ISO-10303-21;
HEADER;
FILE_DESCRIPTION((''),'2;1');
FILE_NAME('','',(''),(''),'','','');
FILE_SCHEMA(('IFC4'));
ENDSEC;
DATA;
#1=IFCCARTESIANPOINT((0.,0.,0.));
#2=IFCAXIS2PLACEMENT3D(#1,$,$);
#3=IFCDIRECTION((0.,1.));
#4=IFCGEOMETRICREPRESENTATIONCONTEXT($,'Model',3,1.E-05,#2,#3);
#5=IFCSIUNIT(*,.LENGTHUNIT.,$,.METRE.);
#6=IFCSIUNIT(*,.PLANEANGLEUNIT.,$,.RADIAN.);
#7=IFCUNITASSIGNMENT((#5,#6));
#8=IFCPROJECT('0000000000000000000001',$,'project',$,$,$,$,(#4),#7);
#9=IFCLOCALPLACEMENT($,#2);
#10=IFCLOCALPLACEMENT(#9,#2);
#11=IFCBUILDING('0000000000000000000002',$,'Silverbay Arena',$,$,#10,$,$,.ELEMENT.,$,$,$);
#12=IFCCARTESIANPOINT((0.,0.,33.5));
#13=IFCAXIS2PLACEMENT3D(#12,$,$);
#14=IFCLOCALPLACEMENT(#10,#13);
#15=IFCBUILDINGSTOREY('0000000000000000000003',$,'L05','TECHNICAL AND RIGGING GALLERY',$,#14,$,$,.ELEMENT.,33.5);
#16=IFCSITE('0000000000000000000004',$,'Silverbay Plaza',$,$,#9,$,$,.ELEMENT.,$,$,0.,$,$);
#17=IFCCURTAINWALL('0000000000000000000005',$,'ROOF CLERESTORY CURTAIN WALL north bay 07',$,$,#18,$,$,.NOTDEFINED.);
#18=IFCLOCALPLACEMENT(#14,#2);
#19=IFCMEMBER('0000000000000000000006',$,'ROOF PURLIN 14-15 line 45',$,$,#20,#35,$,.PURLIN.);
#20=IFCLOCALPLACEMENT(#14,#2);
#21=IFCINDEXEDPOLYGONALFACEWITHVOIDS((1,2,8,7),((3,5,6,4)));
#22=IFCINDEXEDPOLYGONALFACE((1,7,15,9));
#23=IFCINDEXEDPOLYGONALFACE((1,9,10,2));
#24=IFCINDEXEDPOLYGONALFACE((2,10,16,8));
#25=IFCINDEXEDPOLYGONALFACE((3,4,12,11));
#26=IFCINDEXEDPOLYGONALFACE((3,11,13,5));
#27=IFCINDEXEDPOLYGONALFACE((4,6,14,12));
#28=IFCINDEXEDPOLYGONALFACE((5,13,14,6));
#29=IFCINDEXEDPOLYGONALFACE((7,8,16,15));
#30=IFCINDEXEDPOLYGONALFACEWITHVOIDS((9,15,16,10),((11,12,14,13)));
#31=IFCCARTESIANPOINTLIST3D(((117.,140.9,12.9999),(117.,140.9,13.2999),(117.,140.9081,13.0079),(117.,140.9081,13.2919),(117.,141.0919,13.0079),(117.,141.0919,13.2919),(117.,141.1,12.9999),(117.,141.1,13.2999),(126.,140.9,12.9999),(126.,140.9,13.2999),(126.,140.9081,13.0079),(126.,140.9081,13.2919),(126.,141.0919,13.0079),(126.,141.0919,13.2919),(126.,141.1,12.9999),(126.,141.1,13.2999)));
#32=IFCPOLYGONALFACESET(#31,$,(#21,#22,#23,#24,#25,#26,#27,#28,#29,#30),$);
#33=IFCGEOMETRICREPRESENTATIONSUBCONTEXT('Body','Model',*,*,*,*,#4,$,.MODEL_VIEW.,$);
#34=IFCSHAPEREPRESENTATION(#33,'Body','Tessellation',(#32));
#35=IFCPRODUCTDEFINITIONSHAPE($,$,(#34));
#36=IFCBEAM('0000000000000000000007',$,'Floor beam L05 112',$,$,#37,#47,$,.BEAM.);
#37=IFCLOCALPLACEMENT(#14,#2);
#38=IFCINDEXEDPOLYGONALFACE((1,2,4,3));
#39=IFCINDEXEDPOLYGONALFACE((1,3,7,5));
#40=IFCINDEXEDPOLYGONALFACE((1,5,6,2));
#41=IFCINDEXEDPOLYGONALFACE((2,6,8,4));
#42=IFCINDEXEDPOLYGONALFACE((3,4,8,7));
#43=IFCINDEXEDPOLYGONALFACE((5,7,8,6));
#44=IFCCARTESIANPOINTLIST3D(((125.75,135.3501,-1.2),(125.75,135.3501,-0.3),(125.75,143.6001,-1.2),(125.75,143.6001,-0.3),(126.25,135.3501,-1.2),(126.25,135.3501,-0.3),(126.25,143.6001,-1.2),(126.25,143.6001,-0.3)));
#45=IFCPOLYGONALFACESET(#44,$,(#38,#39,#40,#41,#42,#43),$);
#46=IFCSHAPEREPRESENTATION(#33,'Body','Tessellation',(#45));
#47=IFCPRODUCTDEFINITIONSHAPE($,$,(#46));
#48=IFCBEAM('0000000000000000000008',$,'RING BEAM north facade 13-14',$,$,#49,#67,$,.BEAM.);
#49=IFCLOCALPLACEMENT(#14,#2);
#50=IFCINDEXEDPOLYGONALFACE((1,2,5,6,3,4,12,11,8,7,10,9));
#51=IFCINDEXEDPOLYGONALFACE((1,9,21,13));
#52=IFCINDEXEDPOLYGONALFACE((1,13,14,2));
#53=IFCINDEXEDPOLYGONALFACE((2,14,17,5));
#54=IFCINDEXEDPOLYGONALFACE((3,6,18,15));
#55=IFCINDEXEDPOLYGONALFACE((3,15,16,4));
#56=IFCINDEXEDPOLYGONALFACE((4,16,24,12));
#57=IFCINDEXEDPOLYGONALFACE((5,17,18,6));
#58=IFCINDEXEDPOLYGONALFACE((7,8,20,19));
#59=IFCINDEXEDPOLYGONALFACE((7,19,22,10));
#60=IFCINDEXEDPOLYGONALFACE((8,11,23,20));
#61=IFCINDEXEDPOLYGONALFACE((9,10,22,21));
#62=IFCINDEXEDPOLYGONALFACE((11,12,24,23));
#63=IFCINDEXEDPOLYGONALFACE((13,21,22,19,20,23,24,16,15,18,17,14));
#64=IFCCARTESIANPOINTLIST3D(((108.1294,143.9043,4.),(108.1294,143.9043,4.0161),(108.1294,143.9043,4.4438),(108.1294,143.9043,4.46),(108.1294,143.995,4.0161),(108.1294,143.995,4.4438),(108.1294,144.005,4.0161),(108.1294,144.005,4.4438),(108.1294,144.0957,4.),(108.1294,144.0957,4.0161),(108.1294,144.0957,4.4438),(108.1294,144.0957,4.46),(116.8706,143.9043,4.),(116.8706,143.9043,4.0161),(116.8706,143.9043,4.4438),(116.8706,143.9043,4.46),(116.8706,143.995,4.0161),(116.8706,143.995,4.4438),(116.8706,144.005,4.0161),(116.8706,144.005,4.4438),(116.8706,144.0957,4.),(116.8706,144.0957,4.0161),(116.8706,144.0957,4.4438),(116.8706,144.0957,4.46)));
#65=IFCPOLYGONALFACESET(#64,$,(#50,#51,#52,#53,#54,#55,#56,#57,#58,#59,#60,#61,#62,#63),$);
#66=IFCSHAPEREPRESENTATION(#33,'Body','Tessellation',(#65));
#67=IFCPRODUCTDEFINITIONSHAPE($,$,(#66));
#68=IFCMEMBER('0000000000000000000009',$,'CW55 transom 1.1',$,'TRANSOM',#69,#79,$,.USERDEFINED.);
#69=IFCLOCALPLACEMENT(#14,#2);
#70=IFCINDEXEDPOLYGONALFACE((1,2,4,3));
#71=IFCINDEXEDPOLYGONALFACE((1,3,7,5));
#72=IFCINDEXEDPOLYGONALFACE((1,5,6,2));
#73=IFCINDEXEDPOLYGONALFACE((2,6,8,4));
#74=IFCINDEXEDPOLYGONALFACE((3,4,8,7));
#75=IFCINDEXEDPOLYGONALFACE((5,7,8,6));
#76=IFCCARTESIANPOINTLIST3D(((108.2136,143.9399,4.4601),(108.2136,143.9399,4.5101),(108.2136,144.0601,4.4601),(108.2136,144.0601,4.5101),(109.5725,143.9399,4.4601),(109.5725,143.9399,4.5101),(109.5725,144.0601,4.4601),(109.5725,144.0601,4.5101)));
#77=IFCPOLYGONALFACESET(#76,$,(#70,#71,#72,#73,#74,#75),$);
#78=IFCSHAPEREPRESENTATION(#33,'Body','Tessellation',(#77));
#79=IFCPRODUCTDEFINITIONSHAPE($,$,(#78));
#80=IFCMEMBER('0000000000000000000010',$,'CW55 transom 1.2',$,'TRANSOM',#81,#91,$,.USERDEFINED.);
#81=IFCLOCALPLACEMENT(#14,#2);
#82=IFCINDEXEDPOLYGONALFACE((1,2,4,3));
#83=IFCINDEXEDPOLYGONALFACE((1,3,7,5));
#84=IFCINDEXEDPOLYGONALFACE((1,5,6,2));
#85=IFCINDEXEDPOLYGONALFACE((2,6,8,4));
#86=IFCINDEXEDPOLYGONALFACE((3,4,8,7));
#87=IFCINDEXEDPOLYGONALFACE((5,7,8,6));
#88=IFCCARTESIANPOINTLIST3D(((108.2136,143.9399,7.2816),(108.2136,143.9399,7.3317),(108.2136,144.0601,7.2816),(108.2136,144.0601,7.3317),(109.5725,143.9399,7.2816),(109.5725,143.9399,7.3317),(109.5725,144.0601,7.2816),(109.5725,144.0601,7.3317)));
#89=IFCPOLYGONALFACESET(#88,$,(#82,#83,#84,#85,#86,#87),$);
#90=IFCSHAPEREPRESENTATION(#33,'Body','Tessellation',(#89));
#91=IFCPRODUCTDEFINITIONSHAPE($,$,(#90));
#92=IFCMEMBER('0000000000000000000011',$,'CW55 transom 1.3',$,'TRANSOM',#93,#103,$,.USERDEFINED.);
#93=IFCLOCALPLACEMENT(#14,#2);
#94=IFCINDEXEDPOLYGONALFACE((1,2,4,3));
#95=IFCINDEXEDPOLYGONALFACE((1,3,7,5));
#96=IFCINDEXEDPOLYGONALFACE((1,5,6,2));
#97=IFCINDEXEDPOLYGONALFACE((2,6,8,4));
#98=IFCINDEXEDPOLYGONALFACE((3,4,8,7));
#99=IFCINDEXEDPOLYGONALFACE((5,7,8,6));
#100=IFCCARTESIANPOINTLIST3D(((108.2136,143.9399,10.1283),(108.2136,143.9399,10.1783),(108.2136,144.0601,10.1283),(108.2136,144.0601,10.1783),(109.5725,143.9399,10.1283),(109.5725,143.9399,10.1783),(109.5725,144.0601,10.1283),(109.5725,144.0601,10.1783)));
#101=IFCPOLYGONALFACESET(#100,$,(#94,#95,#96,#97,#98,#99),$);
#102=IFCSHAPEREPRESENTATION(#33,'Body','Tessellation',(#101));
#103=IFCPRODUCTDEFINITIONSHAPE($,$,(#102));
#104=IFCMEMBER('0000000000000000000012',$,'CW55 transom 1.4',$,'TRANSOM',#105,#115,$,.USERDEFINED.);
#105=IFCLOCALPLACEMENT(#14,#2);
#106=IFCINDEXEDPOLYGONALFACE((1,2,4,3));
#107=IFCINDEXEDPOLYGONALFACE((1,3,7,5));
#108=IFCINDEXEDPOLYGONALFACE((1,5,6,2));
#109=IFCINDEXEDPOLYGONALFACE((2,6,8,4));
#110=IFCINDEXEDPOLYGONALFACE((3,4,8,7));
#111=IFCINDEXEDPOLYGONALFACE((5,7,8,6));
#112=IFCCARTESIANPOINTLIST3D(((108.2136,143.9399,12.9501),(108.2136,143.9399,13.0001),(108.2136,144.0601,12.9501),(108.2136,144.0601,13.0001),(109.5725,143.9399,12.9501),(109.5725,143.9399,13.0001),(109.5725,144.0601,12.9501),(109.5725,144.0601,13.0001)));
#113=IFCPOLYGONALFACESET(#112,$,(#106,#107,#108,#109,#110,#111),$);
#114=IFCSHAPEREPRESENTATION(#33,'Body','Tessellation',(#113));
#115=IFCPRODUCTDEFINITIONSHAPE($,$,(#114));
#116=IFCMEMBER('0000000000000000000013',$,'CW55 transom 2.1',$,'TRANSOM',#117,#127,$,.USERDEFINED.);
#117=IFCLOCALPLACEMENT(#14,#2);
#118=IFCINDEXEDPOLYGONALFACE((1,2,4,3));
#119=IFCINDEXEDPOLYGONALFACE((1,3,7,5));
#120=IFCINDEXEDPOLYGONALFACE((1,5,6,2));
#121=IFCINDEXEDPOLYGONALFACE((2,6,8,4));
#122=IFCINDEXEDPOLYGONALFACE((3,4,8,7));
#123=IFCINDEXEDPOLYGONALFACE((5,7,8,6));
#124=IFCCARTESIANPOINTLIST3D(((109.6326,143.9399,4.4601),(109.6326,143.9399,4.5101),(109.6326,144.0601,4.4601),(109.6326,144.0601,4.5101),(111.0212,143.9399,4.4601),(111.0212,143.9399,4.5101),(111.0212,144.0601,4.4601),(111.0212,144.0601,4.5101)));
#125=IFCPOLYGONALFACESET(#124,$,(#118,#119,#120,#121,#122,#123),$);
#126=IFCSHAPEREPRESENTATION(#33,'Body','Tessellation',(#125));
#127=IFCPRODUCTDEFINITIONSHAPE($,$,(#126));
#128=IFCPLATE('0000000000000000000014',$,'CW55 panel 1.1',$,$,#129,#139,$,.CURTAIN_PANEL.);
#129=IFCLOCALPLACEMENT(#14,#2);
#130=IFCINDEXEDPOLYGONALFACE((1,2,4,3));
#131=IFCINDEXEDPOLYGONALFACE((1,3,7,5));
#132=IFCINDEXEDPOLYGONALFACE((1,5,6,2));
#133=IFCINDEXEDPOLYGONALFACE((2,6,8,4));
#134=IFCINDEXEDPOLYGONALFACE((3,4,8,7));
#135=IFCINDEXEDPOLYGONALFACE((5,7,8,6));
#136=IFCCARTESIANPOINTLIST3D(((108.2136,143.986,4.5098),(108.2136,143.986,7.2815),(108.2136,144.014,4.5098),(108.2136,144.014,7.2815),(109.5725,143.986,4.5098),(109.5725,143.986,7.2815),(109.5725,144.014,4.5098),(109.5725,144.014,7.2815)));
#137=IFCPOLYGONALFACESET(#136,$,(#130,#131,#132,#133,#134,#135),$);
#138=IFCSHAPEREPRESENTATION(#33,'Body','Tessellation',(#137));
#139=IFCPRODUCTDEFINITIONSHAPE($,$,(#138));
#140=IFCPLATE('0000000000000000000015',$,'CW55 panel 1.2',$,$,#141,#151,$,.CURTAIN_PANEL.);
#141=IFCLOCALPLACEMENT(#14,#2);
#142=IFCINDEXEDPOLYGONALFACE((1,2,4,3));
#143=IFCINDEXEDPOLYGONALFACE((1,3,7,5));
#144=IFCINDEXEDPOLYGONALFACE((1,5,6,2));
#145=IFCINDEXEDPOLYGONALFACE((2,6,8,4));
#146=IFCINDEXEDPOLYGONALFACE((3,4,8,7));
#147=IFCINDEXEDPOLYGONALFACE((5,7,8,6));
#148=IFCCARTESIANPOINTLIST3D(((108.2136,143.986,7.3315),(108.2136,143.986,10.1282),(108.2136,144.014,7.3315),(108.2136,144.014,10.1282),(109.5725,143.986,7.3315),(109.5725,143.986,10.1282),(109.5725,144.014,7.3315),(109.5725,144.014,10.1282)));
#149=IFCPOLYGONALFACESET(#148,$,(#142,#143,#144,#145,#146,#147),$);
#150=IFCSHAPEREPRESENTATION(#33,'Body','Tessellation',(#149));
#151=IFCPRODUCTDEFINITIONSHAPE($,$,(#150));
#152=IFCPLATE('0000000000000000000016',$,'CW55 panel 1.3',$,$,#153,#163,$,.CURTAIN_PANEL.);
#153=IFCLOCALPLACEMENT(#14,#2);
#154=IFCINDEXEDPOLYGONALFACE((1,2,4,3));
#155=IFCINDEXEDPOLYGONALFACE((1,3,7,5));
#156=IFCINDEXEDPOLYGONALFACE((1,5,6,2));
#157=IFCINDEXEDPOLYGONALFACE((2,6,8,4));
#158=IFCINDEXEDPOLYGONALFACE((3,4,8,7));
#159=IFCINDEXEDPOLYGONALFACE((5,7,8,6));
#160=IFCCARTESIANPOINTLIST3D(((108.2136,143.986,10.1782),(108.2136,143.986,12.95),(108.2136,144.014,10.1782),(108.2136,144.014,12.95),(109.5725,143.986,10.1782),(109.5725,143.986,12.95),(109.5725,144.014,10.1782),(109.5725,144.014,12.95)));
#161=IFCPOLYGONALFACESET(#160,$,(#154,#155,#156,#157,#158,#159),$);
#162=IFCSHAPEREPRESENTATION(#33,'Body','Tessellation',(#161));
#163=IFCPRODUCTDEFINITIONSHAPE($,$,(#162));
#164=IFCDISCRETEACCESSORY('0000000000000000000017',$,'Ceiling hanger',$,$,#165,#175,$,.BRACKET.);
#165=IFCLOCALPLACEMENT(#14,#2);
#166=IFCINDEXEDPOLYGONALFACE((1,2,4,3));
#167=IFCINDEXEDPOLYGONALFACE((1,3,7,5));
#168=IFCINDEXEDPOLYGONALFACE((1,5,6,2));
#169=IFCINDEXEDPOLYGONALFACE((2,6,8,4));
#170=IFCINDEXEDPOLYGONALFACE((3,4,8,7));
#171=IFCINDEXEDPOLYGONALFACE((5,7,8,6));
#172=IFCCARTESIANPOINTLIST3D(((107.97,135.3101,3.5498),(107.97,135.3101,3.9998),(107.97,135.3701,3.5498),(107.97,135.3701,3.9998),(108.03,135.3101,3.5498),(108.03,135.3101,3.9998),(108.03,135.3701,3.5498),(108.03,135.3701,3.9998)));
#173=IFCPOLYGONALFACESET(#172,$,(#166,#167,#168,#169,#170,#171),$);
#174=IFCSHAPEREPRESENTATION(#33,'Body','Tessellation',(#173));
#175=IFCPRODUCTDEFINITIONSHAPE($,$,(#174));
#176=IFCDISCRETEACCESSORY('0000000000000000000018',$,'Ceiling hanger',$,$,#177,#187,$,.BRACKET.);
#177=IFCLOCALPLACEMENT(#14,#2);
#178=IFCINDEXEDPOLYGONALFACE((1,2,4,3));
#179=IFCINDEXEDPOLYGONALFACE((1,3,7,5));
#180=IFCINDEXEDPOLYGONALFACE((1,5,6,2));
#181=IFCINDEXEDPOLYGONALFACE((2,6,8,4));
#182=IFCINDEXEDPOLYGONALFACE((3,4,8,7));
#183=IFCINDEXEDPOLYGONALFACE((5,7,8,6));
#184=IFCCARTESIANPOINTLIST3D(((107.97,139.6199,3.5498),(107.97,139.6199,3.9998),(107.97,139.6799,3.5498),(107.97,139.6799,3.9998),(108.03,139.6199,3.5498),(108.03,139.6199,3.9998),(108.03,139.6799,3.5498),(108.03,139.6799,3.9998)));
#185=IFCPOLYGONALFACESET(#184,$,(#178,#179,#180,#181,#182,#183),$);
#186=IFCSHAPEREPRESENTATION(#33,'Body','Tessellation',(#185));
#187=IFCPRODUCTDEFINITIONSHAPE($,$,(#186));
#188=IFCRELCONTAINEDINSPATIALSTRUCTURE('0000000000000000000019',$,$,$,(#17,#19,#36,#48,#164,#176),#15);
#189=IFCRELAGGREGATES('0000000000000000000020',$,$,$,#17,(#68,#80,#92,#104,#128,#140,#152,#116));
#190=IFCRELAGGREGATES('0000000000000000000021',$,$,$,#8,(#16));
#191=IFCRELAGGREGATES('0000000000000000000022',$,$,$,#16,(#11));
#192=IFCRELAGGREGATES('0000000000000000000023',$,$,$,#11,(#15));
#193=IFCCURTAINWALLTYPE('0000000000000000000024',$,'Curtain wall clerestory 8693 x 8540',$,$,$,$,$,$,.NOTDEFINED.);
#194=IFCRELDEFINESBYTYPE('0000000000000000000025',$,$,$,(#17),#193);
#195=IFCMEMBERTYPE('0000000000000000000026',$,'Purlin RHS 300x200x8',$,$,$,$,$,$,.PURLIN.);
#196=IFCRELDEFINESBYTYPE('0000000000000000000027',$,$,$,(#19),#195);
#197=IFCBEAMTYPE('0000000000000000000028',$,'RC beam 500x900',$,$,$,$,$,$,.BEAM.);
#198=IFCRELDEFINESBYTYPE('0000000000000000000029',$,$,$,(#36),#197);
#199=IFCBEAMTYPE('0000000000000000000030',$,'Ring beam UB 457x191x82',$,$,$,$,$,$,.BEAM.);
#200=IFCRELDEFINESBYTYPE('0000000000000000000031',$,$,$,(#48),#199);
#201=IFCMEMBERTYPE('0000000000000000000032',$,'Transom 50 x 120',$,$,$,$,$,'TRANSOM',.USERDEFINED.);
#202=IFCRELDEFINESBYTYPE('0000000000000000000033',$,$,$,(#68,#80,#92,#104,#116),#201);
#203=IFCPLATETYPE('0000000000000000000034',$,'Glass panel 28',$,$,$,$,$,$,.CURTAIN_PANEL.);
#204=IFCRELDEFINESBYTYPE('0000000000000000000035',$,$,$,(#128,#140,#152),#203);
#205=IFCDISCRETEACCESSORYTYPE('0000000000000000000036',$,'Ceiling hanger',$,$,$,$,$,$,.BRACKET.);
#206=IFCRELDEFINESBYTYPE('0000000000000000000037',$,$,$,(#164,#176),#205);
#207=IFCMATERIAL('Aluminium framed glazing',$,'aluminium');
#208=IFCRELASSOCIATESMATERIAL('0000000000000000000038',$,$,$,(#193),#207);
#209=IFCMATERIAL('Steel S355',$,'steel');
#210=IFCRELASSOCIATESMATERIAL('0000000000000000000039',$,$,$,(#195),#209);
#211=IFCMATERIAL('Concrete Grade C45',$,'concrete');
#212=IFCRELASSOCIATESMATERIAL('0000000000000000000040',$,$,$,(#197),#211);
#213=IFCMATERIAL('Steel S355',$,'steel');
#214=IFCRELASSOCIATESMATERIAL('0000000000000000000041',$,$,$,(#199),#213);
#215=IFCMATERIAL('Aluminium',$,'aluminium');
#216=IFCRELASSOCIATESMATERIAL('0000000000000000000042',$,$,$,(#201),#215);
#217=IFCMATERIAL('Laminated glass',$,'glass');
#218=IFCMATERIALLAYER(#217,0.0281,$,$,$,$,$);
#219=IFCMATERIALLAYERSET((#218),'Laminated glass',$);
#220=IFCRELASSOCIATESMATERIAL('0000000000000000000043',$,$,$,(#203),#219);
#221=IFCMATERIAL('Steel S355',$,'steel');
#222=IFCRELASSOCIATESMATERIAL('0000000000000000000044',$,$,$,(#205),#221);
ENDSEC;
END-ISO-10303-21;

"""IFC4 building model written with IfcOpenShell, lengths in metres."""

from ifc_helpers import new_model, si_unit, direction, frame, origin, origin_2d, place, context, subcontext, project, spatial, rectangle, hollow_rectangle, i_section, extrude, material, layer, layer_set, material_profile, profile_set, type_object, element, aggregate, save


model = new_model("IFC4")

# Units and contexts
model_context = context("Model", 3, precision=1e-05, world=origin(), true_north=direction((0.0, 1.0)))
body_context = subcontext(model_context, "Body", "Model", "MODEL_VIEW")
ifc_project = project(units=[si_unit("LENGTHUNIT", "METRE"), si_unit("PLANEANGLEUNIT", "RADIAN")], contexts=[model_context])

# Site, building, storey
site_placement = place(None, origin())
site = spatial("IfcSite", under=ifc_project, at=site_placement, Name="Silverbay Plaza", CompositionType="ELEMENT", RefElevation=0.0)
building_placement = place(site_placement, origin())
building = spatial("IfcBuilding", under=site, at=building_placement, Name="Silverbay Arena", CompositionType="ELEMENT")
storey_placement = place(building_placement, frame((0.0, 0.0, 33.5)))
storey = spatial("IfcBuildingStorey", under=building, at=storey_placement, Name="L05", Description="TECHNICAL AND RIGGING GALLERY", CompositionType="ELEMENT", Elevation=33.5)

# Curtain wall
ifc_material_1 = material(Name="Aluminium framed glazing", Category="aluminium")
curtain_wall_type = type_object("IfcCurtainWallType", Name="Curtain wall clerestory 8693 x 8540", PredefinedType="NOTDEFINED", material=ifc_material_1)
curtain_wall_placement = place(storey_placement, origin())
curtain_wall = element("IfcCurtainWall", 1, at=curtain_wall_placement, inside=storey, type_object=curtain_wall_type, Name="ROOF CLERESTORY CURTAIN WALL north bay 07", PredefinedType="NOTDEFINED")

# Member
ifc_material_2 = material(Name="Steel S355", Category="steel")
ifc_material_profile_1 = material_profile(ifc_material_2, hollow_rectangle(XDim=0.2, YDim=0.3, WallThickness=0.0081, at=origin_2d()), Name="RHS 300x200x8")
ifc_profile_set_1 = profile_set([ifc_material_profile_1], Name="Steel S355")
member_type_1 = type_object("IfcMemberType", Name="Purlin RHS 300x200x8", PredefinedType="PURLIN", material=ifc_profile_set_1)
for number, where, z_axis, x_axis, name in (
    (2, (117.0, 141.0, 13.1499), (1.0, 0.0, 0.0), (0.0, 1.0, 0.0), "ROOF PURLIN 14-15 line 45"),
):
    element("IfcMember", number, at=place(storey_placement, frame(where, z_axis=z_axis, x_axis=x_axis)), inside=storey, type_object=member_type_1, Name=name, PredefinedType="PURLIN", context=body_context, shape_type="SweptSolid", body=[
        extrude(hollow_rectangle(XDim=0.2, YDim=0.3, WallThickness=0.0081, at=origin_2d()), origin(), (0.0, 0.0, 1.0), 9.0),
    ])

# Beams
ifc_material_3 = material(Name="Concrete Grade C45", Category="concrete")
ifc_material_profile_2 = material_profile(ifc_material_3, rectangle(XDim=0.5, YDim=0.8999, at=origin_2d()), Name="RC 500x900")
ifc_profile_set_2 = profile_set([ifc_material_profile_2], Name="Concrete Grade C45")
beam_type_1 = type_object("IfcBeamType", Name="RC beam 500x900", PredefinedType="BEAM", material=ifc_profile_set_2)
beam_1_placement = place(storey_placement, frame((126.0, 135.3501, -0.75), z_axis=(0.0, 1.0, 0.0), x_axis=(-1.0, 0.0, 0.0)))
element("IfcBeam", 3, at=beam_1_placement, inside=storey, type_object=beam_type_1, Name="Floor beam L05 112", PredefinedType="BEAM", context=body_context, shape_type="SweptSolid", body=[
    extrude(rectangle(XDim=0.5, YDim=0.8999, at=origin_2d()), origin(), (0.0, 0.0, 1.0), 8.25),
])
ifc_material_4 = material(Name="Steel S355", Category="steel")
ifc_material_profile_3 = material_profile(ifc_material_4, i_section(OverallWidth=0.1914, OverallDepth=0.46, WebThickness=0.01, FlangeThickness=0.0161, at=origin_2d()), Name="UB 457x191x82")
ifc_profile_set_3 = profile_set([ifc_material_profile_3], Name="Steel S355")
beam_type_2 = type_object("IfcBeamType", Name="Ring beam UB 457x191x82", PredefinedType="BEAM", material=ifc_profile_set_3)
beam_2_placement = place(storey_placement, frame((108.1294, 144.0, 4.23), z_axis=(1.0, 0.0, 0.0), x_axis=(0.0, 1.0, 0.0)))
element("IfcBeam", 4, at=beam_2_placement, inside=storey, type_object=beam_type_2, Name="RING BEAM north facade 13-14", PredefinedType="BEAM", context=body_context, shape_type="SweptSolid", body=[
    extrude(i_section(OverallWidth=0.1914, OverallDepth=0.46, WebThickness=0.01, FlangeThickness=0.0161, at=origin_2d()), origin(), (0.0, 0.0, 1.0), 8.7412),
])

# Members
ifc_material_5 = material(Name="Aluminium", Category="aluminium")
ifc_material_profile_4 = material_profile(ifc_material_5, rectangle(XDim=0.1201, YDim=0.05, at=origin_2d()), Name="Transom 50 x 120")
ifc_profile_set_4 = profile_set([ifc_material_profile_4], Name="Aluminium")
member_type_2 = type_object("IfcMemberType", Name="Transom 50 x 120", ElementType="TRANSOM", PredefinedType="USERDEFINED", material=ifc_profile_set_4)
member_1_placement = place(storey_placement, frame((108.2136, 144.0, 4.4851), z_axis=(1.0, 0.0, 0.0), x_axis=(0.0, 1.0, 0.0)))
member_1 = element("IfcMember", 5, at=member_1_placement, type_object=member_type_2, Name="CW55 transom 1.1", ObjectType="TRANSOM", PredefinedType="USERDEFINED", context=body_context, shape_type="SweptSolid", body=[
    extrude(rectangle(XDim=0.1201, YDim=0.05, at=origin_2d()), origin(), (0.0, 0.0, 1.0), 1.3589),
])
member_2_placement = place(storey_placement, frame((108.2136, 144.0, 7.3066), z_axis=(1.0, 0.0, 0.0), x_axis=(0.0, 1.0, 0.0)))
member_2 = element("IfcMember", 6, at=member_2_placement, type_object=member_type_2, Name="CW55 transom 1.2", ObjectType="TRANSOM", PredefinedType="USERDEFINED", context=body_context, shape_type="SweptSolid", body=[
    extrude(rectangle(XDim=0.1201, YDim=0.05, at=origin_2d()), origin(), (0.0, 0.0, 1.0), 1.3589),
])
member_3_placement = place(storey_placement, frame((108.2136, 144.0, 10.1533), z_axis=(1.0, 0.0, 0.0), x_axis=(0.0, 1.0, 0.0)))
member_3 = element("IfcMember", 7, at=member_3_placement, type_object=member_type_2, Name="CW55 transom 1.3", ObjectType="TRANSOM", PredefinedType="USERDEFINED", context=body_context, shape_type="SweptSolid", body=[
    extrude(rectangle(XDim=0.1201, YDim=0.05, at=origin_2d()), origin(), (0.0, 0.0, 1.0), 1.3589),
])
member_4_placement = place(storey_placement, frame((108.2136, 144.0, 12.9751), z_axis=(1.0, 0.0, 0.0), x_axis=(0.0, 1.0, 0.0)))
member_4 = element("IfcMember", 8, at=member_4_placement, type_object=member_type_2, Name="CW55 transom 1.4", ObjectType="TRANSOM", PredefinedType="USERDEFINED", context=body_context, shape_type="SweptSolid", body=[
    extrude(rectangle(XDim=0.1201, YDim=0.05, at=origin_2d()), origin(), (0.0, 0.0, 1.0), 1.3589),
])
member_5_placement = place(storey_placement, frame((109.6326, 144.0, 4.4851), z_axis=(1.0, 0.0, 0.0), x_axis=(0.0, 1.0, 0.0)))
member_5 = element("IfcMember", 9, at=member_5_placement, type_object=member_type_2, Name="CW55 transom 2.1", ObjectType="TRANSOM", PredefinedType="USERDEFINED", context=body_context, shape_type="SweptSolid", body=[
    extrude(rectangle(XDim=0.1201, YDim=0.05, at=origin_2d()), origin(), (0.0, 0.0, 1.0), 1.3887),
])

# Plates
ifc_material_6 = material(Name="Laminated glass", Category="glass")
ifc_layer = layer(ifc_material_6, 0.0281)
ifc_layer_set = layer_set([ifc_layer], Name="Laminated glass")
plate_type = type_object("IfcPlateType", Name="Glass panel 28", PredefinedType="CURTAIN_PANEL", material=ifc_layer_set)
plate_1_placement = place(storey_placement, frame((108.8931, 144.0, 4.5098), z_axis=(0.0, 0.0, 1.0), x_axis=(1.0, 0.0, 0.0)))
plate_1 = element("IfcPlate", 10, at=plate_1_placement, type_object=plate_type, Name="CW55 panel 1.1", PredefinedType="CURTAIN_PANEL", context=body_context, shape_type="SweptSolid", body=[
    extrude(rectangle(XDim=1.3589, YDim=0.0281, at=origin_2d()), origin(), (0.0, 0.0, 1.0), 2.7717),
])
plate_2_placement = place(storey_placement, frame((108.8931, 144.0, 7.3315), z_axis=(0.0, 0.0, 1.0), x_axis=(1.0, 0.0, 0.0)))
plate_2 = element("IfcPlate", 11, at=plate_2_placement, type_object=plate_type, Name="CW55 panel 1.2", PredefinedType="CURTAIN_PANEL", context=body_context, shape_type="SweptSolid", body=[
    extrude(rectangle(XDim=1.3589, YDim=0.0281, at=origin_2d()), origin(), (0.0, 0.0, 1.0), 2.7966),
])
plate_3_placement = place(storey_placement, frame((108.8931, 144.0, 10.1782), z_axis=(0.0, 0.0, 1.0), x_axis=(1.0, 0.0, 0.0)))
plate_3 = element("IfcPlate", 12, at=plate_3_placement, type_object=plate_type, Name="CW55 panel 1.3", PredefinedType="CURTAIN_PANEL", context=body_context, shape_type="SweptSolid", body=[
    extrude(rectangle(XDim=1.3589, YDim=0.0281, at=origin_2d()), origin(), (0.0, 0.0, 1.0), 2.7717),
])
aggregate(curtain_wall, [member_1, member_2, member_3, member_4, plate_1, plate_2, plate_3, member_5])

# Discrete accessories
ifc_material_7 = material(Name="Steel S355", Category="steel")
discrete_accessory_type = type_object("IfcDiscreteAccessoryType", Name="Ceiling hanger", PredefinedType="BRACKET", material=ifc_material_7)
for number, where, z_axis, x_axis, name in (
    (13, (108.0, 135.3401, 3.5498), (0.0, 0.0, 1.0), (1.0, 0.0, 0.0), "Ceiling hanger"),
    (14, (108.0, 139.6499, 3.5498), (0.0, 0.0, 1.0), (1.0, 0.0, 0.0), "Ceiling hanger"),
):
    element("IfcDiscreteAccessory", number, at=place(storey_placement, frame(where, z_axis=z_axis, x_axis=x_axis)), inside=storey, type_object=discrete_accessory_type, Name=name, PredefinedType="BRACKET", context=body_context, shape_type="SweptSolid", body=[
        extrude(rectangle(XDim=0.0601, YDim=0.0601, at=origin_2d()), origin(), (0.0, 0.0, 1.0), 0.45),
    ])

save(model, "model.ifc")
